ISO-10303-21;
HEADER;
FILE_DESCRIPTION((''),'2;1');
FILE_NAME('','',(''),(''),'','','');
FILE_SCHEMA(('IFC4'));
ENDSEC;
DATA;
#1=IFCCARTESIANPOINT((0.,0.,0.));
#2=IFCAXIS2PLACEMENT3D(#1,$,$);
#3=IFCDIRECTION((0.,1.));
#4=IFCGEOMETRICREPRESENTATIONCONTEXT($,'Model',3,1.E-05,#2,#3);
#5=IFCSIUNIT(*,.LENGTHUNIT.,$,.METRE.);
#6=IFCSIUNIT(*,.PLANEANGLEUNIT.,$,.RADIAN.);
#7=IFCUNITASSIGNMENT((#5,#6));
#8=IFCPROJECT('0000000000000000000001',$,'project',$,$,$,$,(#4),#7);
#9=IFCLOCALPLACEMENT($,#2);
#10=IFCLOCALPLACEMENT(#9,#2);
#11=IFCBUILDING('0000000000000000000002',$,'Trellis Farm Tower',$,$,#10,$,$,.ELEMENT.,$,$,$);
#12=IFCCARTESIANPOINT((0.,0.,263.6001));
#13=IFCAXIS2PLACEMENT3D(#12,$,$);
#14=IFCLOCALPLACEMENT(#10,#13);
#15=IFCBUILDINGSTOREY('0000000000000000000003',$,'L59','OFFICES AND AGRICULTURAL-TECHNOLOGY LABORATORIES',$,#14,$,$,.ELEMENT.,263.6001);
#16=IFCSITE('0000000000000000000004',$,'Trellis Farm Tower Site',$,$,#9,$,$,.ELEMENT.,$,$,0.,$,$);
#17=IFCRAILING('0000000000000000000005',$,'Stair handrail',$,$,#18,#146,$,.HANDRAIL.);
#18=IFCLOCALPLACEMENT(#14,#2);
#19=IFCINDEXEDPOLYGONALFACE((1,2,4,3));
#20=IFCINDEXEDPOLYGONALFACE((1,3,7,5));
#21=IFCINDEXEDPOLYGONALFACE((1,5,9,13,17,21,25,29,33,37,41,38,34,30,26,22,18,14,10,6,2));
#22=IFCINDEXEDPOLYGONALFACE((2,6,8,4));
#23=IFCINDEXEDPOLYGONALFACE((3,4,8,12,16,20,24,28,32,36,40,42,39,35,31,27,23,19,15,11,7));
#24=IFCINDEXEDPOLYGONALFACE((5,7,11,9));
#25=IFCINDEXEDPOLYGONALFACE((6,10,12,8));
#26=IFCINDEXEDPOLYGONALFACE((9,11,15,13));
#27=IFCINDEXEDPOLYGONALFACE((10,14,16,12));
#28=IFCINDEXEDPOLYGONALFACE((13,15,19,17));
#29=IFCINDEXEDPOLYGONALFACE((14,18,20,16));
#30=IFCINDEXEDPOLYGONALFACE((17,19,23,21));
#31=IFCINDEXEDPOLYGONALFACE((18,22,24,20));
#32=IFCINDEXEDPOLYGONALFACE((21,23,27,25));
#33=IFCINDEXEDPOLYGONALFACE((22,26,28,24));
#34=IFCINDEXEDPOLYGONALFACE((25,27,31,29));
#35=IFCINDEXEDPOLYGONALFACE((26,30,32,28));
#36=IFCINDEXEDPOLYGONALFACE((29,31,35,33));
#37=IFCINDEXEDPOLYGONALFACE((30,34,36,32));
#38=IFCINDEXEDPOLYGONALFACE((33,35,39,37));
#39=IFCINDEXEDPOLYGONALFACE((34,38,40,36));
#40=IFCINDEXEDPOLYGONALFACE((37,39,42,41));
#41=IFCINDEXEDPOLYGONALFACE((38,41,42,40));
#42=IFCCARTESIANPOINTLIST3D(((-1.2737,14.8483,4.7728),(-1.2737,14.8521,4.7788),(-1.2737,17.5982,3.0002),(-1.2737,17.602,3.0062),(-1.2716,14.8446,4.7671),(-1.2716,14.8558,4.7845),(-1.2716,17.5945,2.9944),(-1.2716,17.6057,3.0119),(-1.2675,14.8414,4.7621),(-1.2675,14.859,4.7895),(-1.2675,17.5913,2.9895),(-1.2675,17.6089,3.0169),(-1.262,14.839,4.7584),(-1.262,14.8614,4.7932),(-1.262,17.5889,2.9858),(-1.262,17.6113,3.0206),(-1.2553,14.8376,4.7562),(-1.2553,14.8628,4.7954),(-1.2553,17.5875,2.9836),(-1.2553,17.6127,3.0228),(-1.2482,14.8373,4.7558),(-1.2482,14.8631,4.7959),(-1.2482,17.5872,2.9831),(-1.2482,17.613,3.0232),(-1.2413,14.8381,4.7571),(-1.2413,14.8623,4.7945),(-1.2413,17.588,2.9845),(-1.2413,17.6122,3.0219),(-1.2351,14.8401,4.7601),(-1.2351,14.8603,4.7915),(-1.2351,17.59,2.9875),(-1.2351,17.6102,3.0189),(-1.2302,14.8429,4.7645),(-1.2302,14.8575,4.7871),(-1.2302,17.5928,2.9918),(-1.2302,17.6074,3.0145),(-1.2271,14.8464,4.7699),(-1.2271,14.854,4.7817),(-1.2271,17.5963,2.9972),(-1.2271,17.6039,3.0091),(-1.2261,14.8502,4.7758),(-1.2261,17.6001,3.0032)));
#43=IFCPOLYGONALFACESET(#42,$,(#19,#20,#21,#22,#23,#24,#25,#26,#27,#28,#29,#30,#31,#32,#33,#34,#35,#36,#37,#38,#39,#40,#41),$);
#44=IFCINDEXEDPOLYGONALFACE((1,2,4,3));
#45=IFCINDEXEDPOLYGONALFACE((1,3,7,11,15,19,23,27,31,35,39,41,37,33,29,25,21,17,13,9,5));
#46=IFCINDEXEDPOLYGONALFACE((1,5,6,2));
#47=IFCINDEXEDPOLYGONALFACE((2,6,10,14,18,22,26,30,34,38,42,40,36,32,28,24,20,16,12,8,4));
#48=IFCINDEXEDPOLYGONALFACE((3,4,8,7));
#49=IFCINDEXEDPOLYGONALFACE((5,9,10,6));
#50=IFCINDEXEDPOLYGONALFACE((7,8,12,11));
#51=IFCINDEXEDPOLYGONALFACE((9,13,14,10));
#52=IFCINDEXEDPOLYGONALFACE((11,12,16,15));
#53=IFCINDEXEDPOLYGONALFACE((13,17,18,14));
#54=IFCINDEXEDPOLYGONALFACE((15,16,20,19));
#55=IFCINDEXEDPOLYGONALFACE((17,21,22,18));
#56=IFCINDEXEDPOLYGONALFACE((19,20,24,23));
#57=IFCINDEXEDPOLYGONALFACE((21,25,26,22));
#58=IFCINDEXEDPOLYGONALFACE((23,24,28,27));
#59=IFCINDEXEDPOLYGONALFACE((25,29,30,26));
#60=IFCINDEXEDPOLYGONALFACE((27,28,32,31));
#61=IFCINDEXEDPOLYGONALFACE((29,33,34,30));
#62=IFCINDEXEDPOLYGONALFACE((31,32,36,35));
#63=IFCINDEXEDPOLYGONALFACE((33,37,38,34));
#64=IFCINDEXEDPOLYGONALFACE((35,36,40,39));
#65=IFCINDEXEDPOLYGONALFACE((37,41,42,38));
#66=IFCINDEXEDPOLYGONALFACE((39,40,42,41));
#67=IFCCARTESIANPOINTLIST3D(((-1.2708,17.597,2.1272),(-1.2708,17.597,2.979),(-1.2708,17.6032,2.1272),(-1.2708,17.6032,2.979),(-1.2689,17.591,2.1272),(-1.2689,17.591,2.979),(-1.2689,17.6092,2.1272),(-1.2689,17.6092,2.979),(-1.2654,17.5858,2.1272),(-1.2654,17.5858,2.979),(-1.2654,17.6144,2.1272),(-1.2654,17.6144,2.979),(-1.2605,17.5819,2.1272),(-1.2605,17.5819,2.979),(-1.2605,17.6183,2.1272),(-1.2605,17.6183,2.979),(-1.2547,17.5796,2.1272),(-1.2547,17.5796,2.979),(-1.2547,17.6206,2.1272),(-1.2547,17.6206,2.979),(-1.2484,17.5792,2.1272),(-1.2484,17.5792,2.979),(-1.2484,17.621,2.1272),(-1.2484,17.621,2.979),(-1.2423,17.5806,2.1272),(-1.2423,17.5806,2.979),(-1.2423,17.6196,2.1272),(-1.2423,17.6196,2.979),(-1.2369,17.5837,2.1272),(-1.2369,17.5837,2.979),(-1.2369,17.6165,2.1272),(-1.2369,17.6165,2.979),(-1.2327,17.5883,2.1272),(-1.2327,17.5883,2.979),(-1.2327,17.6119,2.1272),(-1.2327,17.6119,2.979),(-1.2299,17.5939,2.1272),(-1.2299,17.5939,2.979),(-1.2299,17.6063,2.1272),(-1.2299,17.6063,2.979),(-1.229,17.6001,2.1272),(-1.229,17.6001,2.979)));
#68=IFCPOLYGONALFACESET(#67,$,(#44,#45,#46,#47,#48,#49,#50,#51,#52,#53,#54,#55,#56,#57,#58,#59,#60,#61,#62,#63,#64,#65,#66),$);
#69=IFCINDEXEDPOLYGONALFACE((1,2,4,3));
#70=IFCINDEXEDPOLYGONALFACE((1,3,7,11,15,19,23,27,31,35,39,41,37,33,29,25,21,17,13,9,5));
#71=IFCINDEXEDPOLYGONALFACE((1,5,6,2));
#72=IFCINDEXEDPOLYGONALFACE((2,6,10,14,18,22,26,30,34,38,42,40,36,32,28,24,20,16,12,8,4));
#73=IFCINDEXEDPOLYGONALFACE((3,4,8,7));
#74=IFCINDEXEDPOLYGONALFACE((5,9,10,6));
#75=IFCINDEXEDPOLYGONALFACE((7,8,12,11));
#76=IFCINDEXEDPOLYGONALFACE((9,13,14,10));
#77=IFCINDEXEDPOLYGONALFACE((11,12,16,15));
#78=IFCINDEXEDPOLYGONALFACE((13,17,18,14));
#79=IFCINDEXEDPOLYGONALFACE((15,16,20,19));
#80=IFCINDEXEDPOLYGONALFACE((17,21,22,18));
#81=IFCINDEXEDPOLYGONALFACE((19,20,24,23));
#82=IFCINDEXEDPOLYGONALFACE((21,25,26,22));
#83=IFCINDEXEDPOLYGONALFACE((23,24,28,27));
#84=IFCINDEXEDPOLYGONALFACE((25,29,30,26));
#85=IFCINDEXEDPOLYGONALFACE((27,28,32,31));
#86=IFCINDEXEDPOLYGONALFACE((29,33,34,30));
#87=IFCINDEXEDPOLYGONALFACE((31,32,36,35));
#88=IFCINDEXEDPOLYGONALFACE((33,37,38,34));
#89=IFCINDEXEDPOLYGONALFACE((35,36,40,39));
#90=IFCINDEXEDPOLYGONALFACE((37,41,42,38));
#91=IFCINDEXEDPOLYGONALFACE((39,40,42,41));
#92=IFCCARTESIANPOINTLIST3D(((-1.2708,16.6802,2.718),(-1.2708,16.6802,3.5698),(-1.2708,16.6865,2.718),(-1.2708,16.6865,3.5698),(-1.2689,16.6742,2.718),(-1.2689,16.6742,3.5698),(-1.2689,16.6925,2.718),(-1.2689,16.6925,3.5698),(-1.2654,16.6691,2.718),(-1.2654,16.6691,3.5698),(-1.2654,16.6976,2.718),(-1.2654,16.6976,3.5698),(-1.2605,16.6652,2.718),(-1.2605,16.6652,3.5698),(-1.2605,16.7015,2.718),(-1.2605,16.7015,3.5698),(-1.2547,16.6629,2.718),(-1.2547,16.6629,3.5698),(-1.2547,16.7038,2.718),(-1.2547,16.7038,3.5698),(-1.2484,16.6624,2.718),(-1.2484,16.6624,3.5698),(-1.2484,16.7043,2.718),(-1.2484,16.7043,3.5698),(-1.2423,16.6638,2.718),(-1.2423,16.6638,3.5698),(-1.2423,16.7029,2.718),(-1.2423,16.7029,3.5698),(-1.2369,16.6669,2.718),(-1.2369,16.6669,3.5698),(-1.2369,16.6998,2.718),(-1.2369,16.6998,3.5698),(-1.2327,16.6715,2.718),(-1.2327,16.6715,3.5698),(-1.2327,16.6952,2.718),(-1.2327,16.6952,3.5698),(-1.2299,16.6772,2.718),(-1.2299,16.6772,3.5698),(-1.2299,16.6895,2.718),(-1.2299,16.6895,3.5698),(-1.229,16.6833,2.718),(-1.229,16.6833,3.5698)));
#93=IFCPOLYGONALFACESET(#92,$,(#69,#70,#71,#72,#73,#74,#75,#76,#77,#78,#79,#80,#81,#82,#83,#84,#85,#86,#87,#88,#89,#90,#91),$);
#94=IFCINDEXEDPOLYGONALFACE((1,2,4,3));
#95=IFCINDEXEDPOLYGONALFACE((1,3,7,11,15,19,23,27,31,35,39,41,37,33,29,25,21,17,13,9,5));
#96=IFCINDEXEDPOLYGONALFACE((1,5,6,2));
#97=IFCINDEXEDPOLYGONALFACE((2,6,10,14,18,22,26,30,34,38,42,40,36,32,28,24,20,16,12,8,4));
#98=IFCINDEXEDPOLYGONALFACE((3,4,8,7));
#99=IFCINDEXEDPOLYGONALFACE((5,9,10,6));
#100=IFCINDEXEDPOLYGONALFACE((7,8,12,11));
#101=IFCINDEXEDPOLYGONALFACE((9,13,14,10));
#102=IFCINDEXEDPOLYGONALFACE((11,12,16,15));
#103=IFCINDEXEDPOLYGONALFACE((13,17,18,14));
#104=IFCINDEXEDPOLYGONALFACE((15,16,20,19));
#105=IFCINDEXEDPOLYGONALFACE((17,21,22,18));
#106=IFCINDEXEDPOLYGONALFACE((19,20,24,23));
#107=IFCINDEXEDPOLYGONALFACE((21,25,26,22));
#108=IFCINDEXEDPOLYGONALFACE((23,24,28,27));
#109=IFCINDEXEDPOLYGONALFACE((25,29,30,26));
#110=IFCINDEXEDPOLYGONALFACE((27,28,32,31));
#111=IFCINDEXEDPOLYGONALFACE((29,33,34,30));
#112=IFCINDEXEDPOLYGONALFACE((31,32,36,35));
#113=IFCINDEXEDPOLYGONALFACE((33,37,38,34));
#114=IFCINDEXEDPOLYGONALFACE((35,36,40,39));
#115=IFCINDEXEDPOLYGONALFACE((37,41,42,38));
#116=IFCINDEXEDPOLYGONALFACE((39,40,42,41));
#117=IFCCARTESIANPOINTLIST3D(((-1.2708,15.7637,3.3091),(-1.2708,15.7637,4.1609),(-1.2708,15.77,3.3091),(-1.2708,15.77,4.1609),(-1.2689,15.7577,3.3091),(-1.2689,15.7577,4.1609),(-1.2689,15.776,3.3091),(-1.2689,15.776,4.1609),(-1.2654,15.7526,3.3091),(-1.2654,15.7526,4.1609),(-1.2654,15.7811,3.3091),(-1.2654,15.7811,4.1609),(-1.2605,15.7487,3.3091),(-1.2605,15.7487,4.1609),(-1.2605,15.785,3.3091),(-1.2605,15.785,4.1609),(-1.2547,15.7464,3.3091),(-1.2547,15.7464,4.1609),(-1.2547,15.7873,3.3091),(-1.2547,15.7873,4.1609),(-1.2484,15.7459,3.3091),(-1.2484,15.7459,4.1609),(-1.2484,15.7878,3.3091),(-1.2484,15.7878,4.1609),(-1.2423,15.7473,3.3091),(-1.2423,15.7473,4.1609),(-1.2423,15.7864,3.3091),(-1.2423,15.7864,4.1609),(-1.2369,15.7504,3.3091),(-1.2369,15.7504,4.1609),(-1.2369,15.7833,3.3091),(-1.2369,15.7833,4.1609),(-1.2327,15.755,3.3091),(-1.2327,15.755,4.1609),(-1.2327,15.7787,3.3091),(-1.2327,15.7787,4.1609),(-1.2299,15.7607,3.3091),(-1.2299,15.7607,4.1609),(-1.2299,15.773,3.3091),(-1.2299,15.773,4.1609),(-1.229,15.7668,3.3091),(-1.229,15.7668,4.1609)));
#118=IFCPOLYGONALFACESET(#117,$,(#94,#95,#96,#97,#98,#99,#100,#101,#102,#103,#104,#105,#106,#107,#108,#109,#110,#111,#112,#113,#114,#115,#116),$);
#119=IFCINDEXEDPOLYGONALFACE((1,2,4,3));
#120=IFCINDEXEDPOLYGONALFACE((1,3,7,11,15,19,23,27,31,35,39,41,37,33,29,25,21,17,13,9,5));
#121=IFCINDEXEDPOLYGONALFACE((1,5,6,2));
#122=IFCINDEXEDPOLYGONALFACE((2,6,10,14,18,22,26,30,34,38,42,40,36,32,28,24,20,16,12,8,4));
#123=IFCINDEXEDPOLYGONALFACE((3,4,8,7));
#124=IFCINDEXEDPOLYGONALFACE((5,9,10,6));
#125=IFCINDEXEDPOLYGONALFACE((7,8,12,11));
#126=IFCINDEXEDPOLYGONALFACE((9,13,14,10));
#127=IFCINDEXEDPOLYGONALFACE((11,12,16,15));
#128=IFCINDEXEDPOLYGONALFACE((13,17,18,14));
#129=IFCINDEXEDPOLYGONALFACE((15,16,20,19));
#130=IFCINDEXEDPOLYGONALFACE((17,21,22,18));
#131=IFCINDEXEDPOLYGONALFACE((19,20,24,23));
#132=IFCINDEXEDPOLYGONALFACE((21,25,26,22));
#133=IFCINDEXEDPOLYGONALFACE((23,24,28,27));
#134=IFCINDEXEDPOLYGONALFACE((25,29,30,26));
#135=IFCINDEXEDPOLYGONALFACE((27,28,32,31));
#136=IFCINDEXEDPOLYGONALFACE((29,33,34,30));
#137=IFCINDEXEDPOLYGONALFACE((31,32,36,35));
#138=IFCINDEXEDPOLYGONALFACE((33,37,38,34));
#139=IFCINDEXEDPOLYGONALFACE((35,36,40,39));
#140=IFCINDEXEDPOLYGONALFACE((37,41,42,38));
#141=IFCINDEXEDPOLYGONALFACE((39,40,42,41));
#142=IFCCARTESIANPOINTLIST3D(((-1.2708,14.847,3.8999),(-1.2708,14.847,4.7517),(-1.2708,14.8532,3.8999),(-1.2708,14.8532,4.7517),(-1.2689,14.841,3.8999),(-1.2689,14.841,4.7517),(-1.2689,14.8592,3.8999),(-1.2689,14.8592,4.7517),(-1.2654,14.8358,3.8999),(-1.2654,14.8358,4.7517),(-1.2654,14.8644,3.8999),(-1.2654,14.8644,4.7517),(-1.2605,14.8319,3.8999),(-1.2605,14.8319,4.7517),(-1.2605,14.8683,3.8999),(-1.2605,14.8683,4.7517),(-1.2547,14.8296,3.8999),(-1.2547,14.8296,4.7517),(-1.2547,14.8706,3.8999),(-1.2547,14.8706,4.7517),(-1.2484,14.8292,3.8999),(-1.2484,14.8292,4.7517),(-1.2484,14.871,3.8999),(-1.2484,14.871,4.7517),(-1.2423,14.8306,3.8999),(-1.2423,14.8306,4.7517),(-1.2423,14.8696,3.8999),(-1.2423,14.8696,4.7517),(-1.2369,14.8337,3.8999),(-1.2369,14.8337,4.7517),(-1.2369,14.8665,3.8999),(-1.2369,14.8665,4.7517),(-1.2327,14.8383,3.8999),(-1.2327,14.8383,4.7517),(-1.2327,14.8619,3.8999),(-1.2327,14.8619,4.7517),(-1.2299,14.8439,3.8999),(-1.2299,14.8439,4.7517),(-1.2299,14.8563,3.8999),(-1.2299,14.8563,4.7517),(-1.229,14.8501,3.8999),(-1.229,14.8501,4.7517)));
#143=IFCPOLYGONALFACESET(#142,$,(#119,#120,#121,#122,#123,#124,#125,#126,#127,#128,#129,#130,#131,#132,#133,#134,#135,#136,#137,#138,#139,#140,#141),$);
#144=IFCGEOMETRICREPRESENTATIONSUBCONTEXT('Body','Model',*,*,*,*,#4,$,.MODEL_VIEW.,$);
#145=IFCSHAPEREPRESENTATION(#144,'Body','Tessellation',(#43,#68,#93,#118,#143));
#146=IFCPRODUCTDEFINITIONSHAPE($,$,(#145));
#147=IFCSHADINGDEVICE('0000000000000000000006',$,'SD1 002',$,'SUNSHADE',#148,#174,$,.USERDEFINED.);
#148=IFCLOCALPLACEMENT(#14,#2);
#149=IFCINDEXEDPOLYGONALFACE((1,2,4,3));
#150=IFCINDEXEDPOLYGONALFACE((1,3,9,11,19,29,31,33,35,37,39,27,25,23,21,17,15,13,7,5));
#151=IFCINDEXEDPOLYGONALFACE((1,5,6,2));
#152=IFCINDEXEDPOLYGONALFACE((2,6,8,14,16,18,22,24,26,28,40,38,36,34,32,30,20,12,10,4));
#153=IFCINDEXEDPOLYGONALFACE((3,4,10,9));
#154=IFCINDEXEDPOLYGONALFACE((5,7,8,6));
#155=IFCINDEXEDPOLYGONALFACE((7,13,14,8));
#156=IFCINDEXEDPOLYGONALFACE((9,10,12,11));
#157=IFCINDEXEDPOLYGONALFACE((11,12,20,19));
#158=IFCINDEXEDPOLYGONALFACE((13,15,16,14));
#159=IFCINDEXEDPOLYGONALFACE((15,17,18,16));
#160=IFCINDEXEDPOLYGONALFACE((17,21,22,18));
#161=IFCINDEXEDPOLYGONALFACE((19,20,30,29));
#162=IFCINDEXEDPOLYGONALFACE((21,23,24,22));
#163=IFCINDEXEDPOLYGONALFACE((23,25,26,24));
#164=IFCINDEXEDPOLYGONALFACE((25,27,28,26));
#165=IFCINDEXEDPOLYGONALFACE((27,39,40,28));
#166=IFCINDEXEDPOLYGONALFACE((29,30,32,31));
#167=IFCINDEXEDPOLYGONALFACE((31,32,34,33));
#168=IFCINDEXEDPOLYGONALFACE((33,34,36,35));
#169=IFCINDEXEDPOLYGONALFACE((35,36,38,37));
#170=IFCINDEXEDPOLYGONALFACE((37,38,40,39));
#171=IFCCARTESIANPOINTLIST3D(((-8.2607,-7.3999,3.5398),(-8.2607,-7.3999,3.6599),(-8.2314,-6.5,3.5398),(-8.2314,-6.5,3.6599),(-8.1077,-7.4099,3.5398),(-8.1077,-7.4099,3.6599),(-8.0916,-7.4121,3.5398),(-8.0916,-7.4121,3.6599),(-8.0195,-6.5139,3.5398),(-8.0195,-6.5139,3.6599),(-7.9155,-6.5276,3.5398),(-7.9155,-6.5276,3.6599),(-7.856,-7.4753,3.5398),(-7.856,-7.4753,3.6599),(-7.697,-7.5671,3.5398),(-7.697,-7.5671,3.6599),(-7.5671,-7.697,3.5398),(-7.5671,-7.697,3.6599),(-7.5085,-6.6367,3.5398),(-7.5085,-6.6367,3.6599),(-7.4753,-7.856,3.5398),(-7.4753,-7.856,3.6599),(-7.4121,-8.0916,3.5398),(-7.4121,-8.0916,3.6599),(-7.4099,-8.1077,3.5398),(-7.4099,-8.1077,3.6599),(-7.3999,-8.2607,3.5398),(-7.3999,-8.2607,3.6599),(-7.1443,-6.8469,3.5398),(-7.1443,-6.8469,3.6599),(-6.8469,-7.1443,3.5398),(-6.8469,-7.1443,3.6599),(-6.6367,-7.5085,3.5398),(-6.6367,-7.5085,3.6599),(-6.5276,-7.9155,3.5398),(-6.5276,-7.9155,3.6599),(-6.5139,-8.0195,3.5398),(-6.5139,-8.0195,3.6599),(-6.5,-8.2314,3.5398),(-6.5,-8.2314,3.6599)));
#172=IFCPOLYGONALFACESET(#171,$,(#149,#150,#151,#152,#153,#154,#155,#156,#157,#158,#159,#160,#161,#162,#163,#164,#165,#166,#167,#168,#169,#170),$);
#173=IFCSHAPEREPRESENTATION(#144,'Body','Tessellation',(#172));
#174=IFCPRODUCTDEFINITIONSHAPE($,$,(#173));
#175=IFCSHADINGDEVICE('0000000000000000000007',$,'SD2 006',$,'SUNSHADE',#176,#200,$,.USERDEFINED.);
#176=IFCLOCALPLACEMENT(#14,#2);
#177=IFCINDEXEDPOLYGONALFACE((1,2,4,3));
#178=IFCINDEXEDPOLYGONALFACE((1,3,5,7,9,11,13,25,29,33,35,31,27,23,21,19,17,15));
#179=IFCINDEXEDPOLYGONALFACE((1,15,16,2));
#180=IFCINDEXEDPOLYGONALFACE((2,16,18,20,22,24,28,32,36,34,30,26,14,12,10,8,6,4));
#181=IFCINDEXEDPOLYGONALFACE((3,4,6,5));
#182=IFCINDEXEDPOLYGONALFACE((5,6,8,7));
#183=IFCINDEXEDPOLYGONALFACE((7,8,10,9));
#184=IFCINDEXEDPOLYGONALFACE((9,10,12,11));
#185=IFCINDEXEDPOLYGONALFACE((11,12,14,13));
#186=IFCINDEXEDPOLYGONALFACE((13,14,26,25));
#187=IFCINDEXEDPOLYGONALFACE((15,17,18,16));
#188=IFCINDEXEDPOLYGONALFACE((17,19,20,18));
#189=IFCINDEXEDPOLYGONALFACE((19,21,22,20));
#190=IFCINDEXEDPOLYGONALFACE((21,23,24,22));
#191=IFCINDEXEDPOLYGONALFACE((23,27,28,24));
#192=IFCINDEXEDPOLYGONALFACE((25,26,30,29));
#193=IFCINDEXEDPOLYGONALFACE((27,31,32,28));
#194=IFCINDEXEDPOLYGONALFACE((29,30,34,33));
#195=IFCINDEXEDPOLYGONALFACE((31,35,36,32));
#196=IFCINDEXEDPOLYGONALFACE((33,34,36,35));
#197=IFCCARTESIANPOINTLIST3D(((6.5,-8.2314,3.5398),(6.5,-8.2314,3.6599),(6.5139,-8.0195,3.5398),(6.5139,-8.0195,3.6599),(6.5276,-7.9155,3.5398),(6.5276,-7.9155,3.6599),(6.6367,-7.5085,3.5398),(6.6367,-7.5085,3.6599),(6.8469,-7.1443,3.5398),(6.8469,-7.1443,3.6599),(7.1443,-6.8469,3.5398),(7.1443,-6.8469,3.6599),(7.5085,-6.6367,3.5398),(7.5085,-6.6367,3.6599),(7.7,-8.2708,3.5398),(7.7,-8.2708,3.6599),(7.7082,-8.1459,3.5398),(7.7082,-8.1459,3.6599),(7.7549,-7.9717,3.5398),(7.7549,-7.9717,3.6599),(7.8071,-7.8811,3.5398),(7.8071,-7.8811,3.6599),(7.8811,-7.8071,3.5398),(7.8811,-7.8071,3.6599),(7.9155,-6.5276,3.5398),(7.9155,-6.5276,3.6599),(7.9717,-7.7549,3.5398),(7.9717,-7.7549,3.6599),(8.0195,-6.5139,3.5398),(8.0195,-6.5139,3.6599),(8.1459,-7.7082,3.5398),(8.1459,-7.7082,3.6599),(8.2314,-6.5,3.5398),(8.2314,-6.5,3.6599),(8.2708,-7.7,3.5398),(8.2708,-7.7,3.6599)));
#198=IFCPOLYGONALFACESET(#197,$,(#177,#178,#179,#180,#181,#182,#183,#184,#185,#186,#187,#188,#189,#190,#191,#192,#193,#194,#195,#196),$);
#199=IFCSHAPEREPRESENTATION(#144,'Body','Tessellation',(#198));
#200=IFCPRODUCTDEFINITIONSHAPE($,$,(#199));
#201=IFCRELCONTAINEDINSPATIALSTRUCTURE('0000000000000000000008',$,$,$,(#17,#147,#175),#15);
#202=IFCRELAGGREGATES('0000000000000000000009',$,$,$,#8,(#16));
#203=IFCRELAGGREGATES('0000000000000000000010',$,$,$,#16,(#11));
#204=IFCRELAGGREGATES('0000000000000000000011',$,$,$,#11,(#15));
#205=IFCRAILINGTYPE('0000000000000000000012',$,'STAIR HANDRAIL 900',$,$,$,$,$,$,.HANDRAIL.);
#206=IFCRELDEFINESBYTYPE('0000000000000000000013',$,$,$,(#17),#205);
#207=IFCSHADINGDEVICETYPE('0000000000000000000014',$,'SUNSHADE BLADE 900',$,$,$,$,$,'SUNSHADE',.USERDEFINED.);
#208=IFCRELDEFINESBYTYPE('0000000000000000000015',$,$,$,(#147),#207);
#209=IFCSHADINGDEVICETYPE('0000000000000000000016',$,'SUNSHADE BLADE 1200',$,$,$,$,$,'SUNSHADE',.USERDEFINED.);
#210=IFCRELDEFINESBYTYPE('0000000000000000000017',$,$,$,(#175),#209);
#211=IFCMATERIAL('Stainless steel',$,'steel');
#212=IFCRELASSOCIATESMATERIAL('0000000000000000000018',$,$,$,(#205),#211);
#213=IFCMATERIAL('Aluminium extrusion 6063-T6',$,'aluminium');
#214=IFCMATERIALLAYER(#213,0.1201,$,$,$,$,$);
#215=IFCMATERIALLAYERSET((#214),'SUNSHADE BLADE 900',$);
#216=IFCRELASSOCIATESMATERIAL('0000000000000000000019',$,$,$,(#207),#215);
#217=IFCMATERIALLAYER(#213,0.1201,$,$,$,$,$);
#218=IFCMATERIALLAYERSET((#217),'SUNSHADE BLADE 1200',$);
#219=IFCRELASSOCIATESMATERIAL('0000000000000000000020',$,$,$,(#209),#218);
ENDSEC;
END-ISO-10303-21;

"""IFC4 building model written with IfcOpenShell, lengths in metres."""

from ifc_helpers import new_model, si_unit, direction, frame, origin, origin_2d, place, context, subcontext, project, spatial, polyline, circle, outline, extrude, source, transform, mapped, material, layer, layer_set, type_object, element, save


model = new_model("IFC4")

# Units and contexts
model_context = context("Model", 3, precision=1e-05, world=origin(), true_north=direction((0.0, 1.0)))
body_context = subcontext(model_context, "Body", "Model", "MODEL_VIEW")
ifc_project = project(units=[si_unit("LENGTHUNIT", "METRE"), si_unit("PLANEANGLEUNIT", "RADIAN")], contexts=[model_context])

# Site, building, storey
site_placement = place(None, origin())
site = spatial("IfcSite", under=ifc_project, at=site_placement, Name="Trellis Farm Tower Site", CompositionType="ELEMENT", RefElevation=0.0)
building_placement = place(site_placement, origin())
building = spatial("IfcBuilding", under=site, at=building_placement, Name="Trellis Farm Tower", CompositionType="ELEMENT")
storey_placement = place(building_placement, frame((0.0, 0.0, 263.6001)))
storey = spatial("IfcBuildingStorey", under=building, at=storey_placement, Name="L59", Description="OFFICES AND AGRICULTURAL-TECHNOLOGY LABORATORIES", CompositionType="ELEMENT", Elevation=263.6001)

# Shared definitions
ifc_material_1 = material(Name="Aluminium extrusion 6063-T6", Category="aluminium")

# Railing
ifc_material_2 = material(Name="Stainless steel", Category="steel")
railing_type = type_object("IfcRailingType", Name="STAIR HANDRAIL 900", PredefinedType="HANDRAIL", material=ifc_material_2)
shared_shape_1 = source(origin(), body_context, "Body", "SweptSolid", [
    extrude(circle(Radius=0.0239, at=origin_2d()), frame((0.0, 0.0, 0.876), z_axis=(0.0, -0.840504, 0.541806), x_axis=(1.0, 0.0, 0.0)), (0.0, 0.0, 1.0), 3.2717),
    extrude(circle(Radius=0.021, at=origin_2d()), origin(), (0.0, 0.0, 1.0), 0.8518),
    extrude(circle(Radius=0.021, at=origin_2d()), frame((0.0, -0.9167, 0.5908)), (0.0, 0.0, 1.0), 0.8518),
    extrude(circle(Radius=0.021, at=origin_2d()), frame((0.0, -1.8333, 1.1819)), (0.0, 0.0, 1.0), 0.8518),
    extrude(circle(Radius=0.021, at=origin_2d()), frame((0.0, -2.75, 1.7727)), (0.0, 0.0, 1.0), 0.8518),
])
railing_placement = place(storey_placement, frame((-1.25, 17.6001, 2.1272)))
element("IfcRailing", 1, at=railing_placement, inside=storey, type_object=railing_type, Name="Stair handrail", PredefinedType="HANDRAIL", context=body_context, shape_type="MappedRepresentation", body=[
    mapped(shared_shape_1, transform((0.0, 0.0, 0.0))),
])

# Shading devices
ifc_layer_1 = layer(ifc_material_1, 0.1201)
ifc_layer_set_1 = layer_set([ifc_layer_1], Name="SUNSHADE BLADE 900")
shading_device_type_1 = type_object("IfcShadingDeviceType", Name="SUNSHADE BLADE 900", ElementType="SUNSHADE", PredefinedType="USERDEFINED", material=ifc_layer_set_1)
shared_shape_2 = source(origin(), body_context, "Body", "SweptSolid", [
    extrude(outline(polyline([(-8.2607, -7.3999), (-8.1077, -7.4099), (-8.0916, -7.4121), (-7.856, -7.4753), (-7.697, -7.5671), (-7.5671, -7.697), (-7.4753, -7.856), (-7.4121, -8.0916), (-7.4099, -8.1077), (-7.3999, -8.2607), (-6.5, -8.2314), (-6.5139, -8.0195), (-6.5276, -7.9155), (-6.6367, -7.5085), (-6.8469, -7.1443), (-7.1443, -6.8469), (-7.5085, -6.6367), (-7.9155, -6.5276), (-8.0195, -6.5139), (-8.2314, -6.5), (-8.2607, -7.3999)])), origin(), (0.0, 0.0, 1.0), 0.1201),
])
placement_1 = place(storey_placement, frame((0.0, 0.0, 3.5398)))
element("IfcShadingDevice", 2, at=placement_1, inside=storey, type_object=shading_device_type_1, Name="SD1 002", ObjectType="SUNSHADE", PredefinedType="USERDEFINED", context=body_context, shape_type="MappedRepresentation", body=[
    mapped(shared_shape_2, transform((0.0, 0.0, 0.0))),
])
ifc_layer_2 = layer(ifc_material_1, 0.1201)
ifc_layer_set_2 = layer_set([ifc_layer_2], Name="SUNSHADE BLADE 1200")
shading_device_type_2 = type_object("IfcShadingDeviceType", Name="SUNSHADE BLADE 1200", ElementType="SUNSHADE", PredefinedType="USERDEFINED", material=ifc_layer_set_2)
shared_shape_3 = source(origin(), body_context, "Body", "SweptSolid", [
    extrude(outline(polyline([(7.7, -8.2708), (7.7087, -8.1372), (7.707, -8.1501), (7.7549, -7.9717), (7.8071, -7.8811), (7.8811, -7.8071), (7.9717, -7.7549), (8.1501, -7.707), (8.1372, -7.7087), (8.2708, -7.7), (8.2314, -6.5), (8.0195, -6.5139), (7.9155, -6.5276), (7.5085, -6.6367), (7.1443, -6.8469), (6.8469, -7.1443), (6.6367, -7.5085), (6.5276, -7.9155), (6.5139, -8.0195), (6.5, -8.2314), (7.7, -8.2708)])), origin(), (0.0, 0.0, 1.0), 0.1201),
])
element("IfcShadingDevice", 3, at=placement_1, inside=storey, type_object=shading_device_type_2, Name="SD2 006", ObjectType="SUNSHADE", PredefinedType="USERDEFINED", context=body_context, shape_type="MappedRepresentation", body=[
    mapped(shared_shape_3, transform((0.0, 0.0, 0.0))),
])

save(model, "model.ifc")
